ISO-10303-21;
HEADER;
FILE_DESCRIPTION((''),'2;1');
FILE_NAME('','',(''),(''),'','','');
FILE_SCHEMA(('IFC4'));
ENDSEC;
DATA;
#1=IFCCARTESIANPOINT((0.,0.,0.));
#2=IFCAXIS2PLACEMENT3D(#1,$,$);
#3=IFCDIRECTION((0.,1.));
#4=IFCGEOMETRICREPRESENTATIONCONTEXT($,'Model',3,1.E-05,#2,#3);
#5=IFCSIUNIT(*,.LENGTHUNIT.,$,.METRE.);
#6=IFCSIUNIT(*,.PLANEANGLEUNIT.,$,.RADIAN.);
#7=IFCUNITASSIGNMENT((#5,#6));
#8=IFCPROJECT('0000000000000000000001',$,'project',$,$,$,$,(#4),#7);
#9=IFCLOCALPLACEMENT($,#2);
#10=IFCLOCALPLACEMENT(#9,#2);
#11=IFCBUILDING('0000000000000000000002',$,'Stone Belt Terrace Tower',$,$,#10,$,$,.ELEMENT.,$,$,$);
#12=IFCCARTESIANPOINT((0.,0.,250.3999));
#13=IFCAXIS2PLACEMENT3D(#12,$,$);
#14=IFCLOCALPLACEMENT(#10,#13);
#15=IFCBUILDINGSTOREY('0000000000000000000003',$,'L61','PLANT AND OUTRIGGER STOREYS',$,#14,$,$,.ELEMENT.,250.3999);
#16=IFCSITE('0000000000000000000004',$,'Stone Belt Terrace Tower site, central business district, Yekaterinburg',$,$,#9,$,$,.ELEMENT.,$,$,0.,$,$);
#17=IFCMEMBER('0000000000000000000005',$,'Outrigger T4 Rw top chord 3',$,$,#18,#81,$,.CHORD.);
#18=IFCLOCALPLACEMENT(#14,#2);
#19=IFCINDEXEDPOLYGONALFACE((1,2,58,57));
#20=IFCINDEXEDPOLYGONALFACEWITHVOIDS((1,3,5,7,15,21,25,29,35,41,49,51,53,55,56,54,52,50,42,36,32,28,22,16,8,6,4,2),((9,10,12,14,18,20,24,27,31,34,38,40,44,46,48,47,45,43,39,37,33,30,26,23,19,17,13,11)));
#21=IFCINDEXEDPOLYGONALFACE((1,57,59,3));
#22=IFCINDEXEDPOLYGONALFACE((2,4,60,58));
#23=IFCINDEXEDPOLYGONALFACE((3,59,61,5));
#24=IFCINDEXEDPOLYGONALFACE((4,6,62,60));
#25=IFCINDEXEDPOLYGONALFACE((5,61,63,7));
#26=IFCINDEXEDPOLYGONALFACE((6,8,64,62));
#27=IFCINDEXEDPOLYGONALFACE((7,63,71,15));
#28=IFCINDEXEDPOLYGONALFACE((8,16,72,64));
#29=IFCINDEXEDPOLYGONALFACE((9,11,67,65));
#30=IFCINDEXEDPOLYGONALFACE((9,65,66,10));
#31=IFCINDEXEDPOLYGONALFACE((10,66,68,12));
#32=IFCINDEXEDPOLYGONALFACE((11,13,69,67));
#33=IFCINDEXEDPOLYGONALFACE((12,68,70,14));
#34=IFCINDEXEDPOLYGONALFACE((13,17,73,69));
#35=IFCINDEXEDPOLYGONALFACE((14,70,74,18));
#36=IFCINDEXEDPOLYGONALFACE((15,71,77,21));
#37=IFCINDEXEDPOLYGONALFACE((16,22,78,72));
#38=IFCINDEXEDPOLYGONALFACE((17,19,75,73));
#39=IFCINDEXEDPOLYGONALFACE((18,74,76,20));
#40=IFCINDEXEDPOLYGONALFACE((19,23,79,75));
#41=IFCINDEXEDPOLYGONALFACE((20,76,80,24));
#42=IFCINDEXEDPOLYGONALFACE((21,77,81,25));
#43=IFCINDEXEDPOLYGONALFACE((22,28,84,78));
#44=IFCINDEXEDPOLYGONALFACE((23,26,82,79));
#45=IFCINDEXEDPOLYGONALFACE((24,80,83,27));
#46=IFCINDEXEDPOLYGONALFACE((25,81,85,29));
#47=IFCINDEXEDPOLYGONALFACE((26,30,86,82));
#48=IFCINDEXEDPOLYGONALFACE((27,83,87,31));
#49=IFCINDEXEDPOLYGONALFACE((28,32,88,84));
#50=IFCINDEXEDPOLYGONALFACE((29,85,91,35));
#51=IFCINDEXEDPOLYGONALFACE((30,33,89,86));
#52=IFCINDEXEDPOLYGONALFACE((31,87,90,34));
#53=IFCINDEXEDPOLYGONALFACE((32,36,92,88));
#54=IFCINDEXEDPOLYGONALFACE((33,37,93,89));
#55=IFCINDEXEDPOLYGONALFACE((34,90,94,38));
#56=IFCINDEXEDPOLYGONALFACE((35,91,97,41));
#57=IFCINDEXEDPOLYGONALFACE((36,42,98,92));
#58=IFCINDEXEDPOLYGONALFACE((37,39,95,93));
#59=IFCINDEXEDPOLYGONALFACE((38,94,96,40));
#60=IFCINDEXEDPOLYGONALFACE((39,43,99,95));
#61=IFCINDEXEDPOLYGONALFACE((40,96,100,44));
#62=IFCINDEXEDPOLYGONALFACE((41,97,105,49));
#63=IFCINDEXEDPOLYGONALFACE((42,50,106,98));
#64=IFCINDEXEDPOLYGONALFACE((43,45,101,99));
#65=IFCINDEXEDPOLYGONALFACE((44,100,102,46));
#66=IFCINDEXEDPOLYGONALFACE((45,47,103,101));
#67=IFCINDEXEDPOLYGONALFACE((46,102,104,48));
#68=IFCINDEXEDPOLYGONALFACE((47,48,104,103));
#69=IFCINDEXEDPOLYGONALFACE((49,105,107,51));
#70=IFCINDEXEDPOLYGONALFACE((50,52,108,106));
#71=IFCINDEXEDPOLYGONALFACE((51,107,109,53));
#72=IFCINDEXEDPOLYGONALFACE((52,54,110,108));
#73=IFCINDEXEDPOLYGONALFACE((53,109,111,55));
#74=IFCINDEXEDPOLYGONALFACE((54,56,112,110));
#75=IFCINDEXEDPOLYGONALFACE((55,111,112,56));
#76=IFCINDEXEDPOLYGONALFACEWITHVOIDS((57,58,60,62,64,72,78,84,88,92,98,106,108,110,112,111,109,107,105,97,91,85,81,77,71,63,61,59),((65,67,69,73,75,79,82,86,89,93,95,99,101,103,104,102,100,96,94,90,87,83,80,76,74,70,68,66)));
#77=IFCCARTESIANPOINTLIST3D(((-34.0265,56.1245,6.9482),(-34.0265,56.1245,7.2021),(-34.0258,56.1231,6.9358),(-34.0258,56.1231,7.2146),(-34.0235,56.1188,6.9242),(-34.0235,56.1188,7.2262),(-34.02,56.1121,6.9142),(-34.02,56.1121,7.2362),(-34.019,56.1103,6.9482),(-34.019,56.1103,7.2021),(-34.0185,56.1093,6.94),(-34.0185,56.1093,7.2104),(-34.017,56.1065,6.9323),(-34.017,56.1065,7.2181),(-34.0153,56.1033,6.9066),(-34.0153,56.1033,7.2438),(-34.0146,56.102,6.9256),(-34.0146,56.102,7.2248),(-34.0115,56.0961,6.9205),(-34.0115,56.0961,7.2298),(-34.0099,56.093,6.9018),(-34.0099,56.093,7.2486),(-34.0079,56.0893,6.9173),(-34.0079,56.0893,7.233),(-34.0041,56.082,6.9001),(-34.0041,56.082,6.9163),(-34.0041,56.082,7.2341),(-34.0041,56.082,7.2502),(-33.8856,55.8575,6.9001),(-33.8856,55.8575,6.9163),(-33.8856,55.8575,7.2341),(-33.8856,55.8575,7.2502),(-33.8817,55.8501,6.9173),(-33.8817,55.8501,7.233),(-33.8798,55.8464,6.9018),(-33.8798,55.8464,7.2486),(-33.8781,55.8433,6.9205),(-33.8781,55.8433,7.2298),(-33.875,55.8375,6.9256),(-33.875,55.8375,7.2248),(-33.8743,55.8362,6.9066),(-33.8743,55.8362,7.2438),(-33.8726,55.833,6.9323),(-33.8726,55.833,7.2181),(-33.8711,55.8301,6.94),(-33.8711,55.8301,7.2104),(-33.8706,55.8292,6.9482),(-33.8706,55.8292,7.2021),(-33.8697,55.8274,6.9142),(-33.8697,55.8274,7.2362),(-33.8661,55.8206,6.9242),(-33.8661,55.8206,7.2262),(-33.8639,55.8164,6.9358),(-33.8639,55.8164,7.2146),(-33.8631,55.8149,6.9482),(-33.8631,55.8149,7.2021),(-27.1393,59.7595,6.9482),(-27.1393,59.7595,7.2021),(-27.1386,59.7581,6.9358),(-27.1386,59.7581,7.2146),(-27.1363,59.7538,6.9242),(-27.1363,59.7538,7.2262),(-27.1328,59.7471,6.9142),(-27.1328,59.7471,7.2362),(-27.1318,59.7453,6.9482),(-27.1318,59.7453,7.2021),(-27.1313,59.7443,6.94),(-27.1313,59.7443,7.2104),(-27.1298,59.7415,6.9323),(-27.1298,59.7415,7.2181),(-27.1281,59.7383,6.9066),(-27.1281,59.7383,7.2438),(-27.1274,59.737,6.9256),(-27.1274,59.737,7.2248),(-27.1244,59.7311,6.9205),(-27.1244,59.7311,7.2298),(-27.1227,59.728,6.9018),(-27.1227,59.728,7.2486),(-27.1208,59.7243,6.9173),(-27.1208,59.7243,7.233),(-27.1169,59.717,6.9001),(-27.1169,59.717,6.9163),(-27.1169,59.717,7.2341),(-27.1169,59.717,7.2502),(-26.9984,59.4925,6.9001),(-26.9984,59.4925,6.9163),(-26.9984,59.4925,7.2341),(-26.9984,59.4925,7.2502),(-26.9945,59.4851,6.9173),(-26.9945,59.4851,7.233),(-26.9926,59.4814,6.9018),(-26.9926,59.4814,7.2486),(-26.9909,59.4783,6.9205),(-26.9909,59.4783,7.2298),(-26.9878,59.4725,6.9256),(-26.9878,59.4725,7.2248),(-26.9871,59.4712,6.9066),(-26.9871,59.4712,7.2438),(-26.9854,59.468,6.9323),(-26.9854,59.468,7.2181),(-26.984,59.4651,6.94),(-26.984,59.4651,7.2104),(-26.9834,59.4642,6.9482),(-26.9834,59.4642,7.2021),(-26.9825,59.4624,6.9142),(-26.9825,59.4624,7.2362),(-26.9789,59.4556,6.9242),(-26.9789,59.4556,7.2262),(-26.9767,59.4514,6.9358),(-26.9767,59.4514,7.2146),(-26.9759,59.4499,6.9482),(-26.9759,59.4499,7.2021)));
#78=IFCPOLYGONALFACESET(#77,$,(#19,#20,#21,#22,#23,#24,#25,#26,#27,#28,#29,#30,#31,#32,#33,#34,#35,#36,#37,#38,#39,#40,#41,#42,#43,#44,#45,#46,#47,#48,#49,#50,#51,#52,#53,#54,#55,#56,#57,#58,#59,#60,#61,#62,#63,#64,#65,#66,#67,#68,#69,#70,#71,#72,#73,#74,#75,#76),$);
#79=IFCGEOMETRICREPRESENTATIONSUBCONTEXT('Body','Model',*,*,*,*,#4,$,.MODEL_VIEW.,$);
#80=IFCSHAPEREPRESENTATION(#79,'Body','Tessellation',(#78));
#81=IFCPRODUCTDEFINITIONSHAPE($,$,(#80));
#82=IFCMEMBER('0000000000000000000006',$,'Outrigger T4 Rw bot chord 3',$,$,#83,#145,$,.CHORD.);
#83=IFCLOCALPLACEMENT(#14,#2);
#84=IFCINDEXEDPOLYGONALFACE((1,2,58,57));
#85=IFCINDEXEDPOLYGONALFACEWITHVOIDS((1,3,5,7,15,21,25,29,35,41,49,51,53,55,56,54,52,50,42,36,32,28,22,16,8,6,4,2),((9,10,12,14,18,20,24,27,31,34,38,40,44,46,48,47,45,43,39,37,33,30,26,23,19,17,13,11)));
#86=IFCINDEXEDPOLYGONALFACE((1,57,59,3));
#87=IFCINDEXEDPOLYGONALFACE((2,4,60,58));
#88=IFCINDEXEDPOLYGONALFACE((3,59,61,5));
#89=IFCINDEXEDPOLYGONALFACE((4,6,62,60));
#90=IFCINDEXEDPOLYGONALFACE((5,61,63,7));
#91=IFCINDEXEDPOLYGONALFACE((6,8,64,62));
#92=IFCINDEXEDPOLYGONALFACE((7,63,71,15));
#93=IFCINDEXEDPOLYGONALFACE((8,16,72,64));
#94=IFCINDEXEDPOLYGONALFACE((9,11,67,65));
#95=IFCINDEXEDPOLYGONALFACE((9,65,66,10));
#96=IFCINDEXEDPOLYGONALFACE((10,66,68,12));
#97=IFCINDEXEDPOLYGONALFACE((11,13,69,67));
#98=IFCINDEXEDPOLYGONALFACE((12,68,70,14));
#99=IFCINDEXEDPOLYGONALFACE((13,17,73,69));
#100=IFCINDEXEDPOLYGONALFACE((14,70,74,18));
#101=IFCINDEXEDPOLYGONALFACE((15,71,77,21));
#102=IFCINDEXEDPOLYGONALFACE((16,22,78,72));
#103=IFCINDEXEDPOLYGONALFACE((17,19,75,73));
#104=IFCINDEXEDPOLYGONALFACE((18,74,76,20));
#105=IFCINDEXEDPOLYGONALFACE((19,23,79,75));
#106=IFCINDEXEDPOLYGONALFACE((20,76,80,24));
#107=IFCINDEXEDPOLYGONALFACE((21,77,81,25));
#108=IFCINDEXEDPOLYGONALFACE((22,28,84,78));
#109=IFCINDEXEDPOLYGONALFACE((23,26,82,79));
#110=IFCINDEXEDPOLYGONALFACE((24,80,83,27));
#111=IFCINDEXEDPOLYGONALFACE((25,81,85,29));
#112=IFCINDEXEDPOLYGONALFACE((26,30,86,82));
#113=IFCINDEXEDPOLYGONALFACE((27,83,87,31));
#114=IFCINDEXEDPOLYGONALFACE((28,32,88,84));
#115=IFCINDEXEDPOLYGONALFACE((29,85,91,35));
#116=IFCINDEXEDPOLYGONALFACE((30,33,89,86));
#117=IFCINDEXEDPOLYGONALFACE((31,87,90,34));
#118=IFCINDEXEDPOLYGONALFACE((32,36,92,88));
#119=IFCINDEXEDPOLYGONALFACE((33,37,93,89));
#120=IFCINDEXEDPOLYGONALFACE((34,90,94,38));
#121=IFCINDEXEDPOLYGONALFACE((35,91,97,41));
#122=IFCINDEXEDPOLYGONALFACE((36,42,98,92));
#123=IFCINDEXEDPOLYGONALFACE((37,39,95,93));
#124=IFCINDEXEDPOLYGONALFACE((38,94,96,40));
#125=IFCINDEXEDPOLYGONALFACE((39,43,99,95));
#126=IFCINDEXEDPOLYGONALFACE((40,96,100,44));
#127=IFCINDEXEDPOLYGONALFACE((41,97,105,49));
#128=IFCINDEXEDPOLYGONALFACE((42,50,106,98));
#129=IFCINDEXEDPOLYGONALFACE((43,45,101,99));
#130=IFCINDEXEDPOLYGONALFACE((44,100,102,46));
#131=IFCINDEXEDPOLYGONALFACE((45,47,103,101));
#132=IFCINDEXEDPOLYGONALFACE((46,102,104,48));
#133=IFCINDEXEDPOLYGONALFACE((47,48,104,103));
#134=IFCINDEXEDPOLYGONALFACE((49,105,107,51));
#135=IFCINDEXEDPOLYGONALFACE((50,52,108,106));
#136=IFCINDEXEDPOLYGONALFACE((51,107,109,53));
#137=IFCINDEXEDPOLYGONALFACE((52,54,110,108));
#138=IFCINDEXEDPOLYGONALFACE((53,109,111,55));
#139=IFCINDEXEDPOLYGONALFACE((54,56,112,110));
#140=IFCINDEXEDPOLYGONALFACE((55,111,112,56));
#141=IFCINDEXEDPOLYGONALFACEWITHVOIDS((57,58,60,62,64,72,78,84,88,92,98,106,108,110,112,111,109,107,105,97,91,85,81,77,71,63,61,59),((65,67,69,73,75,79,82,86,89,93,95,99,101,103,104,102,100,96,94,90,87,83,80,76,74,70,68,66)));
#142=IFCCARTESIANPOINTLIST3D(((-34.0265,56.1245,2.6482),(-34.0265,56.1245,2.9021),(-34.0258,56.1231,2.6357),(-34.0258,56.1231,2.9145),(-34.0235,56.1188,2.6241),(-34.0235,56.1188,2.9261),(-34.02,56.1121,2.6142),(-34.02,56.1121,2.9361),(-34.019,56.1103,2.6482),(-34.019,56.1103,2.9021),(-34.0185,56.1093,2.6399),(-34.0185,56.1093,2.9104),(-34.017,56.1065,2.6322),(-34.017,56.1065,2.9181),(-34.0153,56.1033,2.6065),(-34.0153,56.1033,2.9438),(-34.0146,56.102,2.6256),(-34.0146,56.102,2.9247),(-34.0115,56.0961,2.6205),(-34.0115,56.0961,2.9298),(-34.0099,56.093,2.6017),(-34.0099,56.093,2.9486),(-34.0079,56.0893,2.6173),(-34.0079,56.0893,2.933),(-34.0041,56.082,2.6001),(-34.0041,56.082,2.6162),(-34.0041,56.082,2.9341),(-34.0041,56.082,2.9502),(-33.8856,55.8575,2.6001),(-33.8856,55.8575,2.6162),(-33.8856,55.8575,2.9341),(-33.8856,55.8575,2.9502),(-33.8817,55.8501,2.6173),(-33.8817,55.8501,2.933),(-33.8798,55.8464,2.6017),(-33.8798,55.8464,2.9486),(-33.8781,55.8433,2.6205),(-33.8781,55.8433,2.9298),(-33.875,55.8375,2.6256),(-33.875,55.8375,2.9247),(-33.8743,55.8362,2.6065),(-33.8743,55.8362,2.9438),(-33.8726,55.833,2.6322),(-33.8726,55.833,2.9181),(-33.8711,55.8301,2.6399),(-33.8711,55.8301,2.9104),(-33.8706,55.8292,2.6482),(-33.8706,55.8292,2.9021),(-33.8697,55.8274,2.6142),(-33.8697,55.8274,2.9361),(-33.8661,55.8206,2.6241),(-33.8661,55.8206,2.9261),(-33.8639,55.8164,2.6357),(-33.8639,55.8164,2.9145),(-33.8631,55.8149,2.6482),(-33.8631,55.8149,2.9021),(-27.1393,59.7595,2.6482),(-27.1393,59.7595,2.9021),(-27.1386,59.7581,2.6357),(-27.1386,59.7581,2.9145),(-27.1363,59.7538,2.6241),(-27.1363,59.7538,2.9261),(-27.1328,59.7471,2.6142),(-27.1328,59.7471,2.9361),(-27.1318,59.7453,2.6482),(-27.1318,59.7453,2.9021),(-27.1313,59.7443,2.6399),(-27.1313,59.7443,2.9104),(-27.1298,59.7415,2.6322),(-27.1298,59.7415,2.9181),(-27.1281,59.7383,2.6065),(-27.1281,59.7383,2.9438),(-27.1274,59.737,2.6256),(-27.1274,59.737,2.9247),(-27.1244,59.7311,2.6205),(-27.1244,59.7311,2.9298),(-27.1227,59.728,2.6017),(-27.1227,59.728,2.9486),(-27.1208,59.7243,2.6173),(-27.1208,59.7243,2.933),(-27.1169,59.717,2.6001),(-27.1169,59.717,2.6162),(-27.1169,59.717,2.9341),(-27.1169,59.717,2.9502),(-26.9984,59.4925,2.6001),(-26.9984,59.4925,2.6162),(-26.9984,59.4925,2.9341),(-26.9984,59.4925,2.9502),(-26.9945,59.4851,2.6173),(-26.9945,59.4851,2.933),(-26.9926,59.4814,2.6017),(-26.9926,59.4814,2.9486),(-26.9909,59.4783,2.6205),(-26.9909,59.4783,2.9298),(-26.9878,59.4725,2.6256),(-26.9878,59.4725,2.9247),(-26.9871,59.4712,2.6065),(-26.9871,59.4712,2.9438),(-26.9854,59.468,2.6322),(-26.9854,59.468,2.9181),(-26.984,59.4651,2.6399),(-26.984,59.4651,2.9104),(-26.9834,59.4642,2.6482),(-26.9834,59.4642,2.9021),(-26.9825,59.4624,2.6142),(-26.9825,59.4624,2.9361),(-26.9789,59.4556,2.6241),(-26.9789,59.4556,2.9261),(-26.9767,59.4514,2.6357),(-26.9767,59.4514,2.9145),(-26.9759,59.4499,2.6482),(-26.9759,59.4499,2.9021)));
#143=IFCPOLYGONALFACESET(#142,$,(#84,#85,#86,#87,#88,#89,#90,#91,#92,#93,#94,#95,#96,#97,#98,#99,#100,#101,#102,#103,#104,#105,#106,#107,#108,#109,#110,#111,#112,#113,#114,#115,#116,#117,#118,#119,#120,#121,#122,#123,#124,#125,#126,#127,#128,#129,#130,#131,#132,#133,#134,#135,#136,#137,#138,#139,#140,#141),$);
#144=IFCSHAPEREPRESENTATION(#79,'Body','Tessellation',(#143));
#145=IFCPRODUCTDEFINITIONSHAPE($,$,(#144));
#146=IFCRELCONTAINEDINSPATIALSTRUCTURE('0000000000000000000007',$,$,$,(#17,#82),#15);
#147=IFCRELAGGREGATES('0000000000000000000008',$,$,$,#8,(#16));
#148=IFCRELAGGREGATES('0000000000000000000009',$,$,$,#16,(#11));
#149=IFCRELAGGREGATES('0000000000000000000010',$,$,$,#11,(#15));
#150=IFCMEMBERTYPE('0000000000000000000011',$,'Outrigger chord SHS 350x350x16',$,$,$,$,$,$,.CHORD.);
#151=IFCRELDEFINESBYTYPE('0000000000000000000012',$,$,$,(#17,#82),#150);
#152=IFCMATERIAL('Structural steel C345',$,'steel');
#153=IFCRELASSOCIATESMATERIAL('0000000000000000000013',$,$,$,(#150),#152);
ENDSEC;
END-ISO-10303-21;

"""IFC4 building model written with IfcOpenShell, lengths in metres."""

from ifc_helpers import new_model, si_unit, direction, frame, origin, origin_2d, place, context, subcontext, project, spatial, hollow_rectangle, extrude, material, material_profile, profile_set, type_object, element, save


model = new_model("IFC4")

# Units and contexts
model_context = context("Model", 3, precision=1e-05, world=origin(), true_north=direction((0.0, 1.0)))
body_context = subcontext(model_context, "Body", "Model", "MODEL_VIEW")
ifc_project = project(units=[si_unit("LENGTHUNIT", "METRE"), si_unit("PLANEANGLEUNIT", "RADIAN")], contexts=[model_context])

# Site, building, storey
site_placement = place(None, origin())
site = spatial("IfcSite", under=ifc_project, at=site_placement, Name="Stone Belt Terrace Tower site, central business district, Yekaterinburg", CompositionType="ELEMENT", RefElevation=0.0)
building_placement = place(site_placement, origin())
building = spatial("IfcBuilding", under=site, at=building_placement, Name="Stone Belt Terrace Tower", CompositionType="ELEMENT")
storey_placement = place(building_placement, frame((0.0, 0.0, 250.3999)))
storey = spatial("IfcBuildingStorey", under=building, at=storey_placement, Name="L61", Description="PLANT AND OUTRIGGER STOREYS", CompositionType="ELEMENT", Elevation=250.3999)

# Members
ifc_material_1 = material(Name="Structural steel C345", Category="steel")
ifc_material_profile_1 = material_profile(ifc_material_1, hollow_rectangle(XDim=0.3501, YDim=0.3501, WallThickness=0.0161, InnerFilletRadius=0.032, OuterFilletRadius=0.0481, at=origin_2d()), Name="SHS 350x350x16")
ifc_profile_set_1 = profile_set([ifc_material_profile_1], Name="Structural steel C345")
member_type_1 = type_object("IfcMemberType", Name="Outrigger chord SHS 350x350x16", PredefinedType="CHORD", material=ifc_profile_set_1)
for number, where, z_axis, x_axis, name in (
    (1, (-33.9448, 55.9697, 7.0752), (0.88438, 0.466768, 0.0), (-0.466768, 0.88438, 0.0), "Outrigger T4 Rw top chord 3"),
    (2, (-33.9448, 55.9697, 2.7751), (0.88438, 0.466768, 0.0), (-0.466768, 0.88438, 0.0), "Outrigger T4 Rw bot chord 3"),
):
    element("IfcMember", number, at=place(storey_placement, frame(where, z_axis=z_axis, x_axis=x_axis)), inside=storey, type_object=member_type_1, Name=name, PredefinedType="CHORD", context=body_context, shape_type="SweptSolid", body=[
        extrude(hollow_rectangle(XDim=0.3501, YDim=0.3501, WallThickness=0.0161, InnerFilletRadius=0.032, OuterFilletRadius=0.0481, at=origin_2d()), origin(), (0.0, 0.0, 1.0), 7.7876),
    ])

save(model, "model.ifc")
